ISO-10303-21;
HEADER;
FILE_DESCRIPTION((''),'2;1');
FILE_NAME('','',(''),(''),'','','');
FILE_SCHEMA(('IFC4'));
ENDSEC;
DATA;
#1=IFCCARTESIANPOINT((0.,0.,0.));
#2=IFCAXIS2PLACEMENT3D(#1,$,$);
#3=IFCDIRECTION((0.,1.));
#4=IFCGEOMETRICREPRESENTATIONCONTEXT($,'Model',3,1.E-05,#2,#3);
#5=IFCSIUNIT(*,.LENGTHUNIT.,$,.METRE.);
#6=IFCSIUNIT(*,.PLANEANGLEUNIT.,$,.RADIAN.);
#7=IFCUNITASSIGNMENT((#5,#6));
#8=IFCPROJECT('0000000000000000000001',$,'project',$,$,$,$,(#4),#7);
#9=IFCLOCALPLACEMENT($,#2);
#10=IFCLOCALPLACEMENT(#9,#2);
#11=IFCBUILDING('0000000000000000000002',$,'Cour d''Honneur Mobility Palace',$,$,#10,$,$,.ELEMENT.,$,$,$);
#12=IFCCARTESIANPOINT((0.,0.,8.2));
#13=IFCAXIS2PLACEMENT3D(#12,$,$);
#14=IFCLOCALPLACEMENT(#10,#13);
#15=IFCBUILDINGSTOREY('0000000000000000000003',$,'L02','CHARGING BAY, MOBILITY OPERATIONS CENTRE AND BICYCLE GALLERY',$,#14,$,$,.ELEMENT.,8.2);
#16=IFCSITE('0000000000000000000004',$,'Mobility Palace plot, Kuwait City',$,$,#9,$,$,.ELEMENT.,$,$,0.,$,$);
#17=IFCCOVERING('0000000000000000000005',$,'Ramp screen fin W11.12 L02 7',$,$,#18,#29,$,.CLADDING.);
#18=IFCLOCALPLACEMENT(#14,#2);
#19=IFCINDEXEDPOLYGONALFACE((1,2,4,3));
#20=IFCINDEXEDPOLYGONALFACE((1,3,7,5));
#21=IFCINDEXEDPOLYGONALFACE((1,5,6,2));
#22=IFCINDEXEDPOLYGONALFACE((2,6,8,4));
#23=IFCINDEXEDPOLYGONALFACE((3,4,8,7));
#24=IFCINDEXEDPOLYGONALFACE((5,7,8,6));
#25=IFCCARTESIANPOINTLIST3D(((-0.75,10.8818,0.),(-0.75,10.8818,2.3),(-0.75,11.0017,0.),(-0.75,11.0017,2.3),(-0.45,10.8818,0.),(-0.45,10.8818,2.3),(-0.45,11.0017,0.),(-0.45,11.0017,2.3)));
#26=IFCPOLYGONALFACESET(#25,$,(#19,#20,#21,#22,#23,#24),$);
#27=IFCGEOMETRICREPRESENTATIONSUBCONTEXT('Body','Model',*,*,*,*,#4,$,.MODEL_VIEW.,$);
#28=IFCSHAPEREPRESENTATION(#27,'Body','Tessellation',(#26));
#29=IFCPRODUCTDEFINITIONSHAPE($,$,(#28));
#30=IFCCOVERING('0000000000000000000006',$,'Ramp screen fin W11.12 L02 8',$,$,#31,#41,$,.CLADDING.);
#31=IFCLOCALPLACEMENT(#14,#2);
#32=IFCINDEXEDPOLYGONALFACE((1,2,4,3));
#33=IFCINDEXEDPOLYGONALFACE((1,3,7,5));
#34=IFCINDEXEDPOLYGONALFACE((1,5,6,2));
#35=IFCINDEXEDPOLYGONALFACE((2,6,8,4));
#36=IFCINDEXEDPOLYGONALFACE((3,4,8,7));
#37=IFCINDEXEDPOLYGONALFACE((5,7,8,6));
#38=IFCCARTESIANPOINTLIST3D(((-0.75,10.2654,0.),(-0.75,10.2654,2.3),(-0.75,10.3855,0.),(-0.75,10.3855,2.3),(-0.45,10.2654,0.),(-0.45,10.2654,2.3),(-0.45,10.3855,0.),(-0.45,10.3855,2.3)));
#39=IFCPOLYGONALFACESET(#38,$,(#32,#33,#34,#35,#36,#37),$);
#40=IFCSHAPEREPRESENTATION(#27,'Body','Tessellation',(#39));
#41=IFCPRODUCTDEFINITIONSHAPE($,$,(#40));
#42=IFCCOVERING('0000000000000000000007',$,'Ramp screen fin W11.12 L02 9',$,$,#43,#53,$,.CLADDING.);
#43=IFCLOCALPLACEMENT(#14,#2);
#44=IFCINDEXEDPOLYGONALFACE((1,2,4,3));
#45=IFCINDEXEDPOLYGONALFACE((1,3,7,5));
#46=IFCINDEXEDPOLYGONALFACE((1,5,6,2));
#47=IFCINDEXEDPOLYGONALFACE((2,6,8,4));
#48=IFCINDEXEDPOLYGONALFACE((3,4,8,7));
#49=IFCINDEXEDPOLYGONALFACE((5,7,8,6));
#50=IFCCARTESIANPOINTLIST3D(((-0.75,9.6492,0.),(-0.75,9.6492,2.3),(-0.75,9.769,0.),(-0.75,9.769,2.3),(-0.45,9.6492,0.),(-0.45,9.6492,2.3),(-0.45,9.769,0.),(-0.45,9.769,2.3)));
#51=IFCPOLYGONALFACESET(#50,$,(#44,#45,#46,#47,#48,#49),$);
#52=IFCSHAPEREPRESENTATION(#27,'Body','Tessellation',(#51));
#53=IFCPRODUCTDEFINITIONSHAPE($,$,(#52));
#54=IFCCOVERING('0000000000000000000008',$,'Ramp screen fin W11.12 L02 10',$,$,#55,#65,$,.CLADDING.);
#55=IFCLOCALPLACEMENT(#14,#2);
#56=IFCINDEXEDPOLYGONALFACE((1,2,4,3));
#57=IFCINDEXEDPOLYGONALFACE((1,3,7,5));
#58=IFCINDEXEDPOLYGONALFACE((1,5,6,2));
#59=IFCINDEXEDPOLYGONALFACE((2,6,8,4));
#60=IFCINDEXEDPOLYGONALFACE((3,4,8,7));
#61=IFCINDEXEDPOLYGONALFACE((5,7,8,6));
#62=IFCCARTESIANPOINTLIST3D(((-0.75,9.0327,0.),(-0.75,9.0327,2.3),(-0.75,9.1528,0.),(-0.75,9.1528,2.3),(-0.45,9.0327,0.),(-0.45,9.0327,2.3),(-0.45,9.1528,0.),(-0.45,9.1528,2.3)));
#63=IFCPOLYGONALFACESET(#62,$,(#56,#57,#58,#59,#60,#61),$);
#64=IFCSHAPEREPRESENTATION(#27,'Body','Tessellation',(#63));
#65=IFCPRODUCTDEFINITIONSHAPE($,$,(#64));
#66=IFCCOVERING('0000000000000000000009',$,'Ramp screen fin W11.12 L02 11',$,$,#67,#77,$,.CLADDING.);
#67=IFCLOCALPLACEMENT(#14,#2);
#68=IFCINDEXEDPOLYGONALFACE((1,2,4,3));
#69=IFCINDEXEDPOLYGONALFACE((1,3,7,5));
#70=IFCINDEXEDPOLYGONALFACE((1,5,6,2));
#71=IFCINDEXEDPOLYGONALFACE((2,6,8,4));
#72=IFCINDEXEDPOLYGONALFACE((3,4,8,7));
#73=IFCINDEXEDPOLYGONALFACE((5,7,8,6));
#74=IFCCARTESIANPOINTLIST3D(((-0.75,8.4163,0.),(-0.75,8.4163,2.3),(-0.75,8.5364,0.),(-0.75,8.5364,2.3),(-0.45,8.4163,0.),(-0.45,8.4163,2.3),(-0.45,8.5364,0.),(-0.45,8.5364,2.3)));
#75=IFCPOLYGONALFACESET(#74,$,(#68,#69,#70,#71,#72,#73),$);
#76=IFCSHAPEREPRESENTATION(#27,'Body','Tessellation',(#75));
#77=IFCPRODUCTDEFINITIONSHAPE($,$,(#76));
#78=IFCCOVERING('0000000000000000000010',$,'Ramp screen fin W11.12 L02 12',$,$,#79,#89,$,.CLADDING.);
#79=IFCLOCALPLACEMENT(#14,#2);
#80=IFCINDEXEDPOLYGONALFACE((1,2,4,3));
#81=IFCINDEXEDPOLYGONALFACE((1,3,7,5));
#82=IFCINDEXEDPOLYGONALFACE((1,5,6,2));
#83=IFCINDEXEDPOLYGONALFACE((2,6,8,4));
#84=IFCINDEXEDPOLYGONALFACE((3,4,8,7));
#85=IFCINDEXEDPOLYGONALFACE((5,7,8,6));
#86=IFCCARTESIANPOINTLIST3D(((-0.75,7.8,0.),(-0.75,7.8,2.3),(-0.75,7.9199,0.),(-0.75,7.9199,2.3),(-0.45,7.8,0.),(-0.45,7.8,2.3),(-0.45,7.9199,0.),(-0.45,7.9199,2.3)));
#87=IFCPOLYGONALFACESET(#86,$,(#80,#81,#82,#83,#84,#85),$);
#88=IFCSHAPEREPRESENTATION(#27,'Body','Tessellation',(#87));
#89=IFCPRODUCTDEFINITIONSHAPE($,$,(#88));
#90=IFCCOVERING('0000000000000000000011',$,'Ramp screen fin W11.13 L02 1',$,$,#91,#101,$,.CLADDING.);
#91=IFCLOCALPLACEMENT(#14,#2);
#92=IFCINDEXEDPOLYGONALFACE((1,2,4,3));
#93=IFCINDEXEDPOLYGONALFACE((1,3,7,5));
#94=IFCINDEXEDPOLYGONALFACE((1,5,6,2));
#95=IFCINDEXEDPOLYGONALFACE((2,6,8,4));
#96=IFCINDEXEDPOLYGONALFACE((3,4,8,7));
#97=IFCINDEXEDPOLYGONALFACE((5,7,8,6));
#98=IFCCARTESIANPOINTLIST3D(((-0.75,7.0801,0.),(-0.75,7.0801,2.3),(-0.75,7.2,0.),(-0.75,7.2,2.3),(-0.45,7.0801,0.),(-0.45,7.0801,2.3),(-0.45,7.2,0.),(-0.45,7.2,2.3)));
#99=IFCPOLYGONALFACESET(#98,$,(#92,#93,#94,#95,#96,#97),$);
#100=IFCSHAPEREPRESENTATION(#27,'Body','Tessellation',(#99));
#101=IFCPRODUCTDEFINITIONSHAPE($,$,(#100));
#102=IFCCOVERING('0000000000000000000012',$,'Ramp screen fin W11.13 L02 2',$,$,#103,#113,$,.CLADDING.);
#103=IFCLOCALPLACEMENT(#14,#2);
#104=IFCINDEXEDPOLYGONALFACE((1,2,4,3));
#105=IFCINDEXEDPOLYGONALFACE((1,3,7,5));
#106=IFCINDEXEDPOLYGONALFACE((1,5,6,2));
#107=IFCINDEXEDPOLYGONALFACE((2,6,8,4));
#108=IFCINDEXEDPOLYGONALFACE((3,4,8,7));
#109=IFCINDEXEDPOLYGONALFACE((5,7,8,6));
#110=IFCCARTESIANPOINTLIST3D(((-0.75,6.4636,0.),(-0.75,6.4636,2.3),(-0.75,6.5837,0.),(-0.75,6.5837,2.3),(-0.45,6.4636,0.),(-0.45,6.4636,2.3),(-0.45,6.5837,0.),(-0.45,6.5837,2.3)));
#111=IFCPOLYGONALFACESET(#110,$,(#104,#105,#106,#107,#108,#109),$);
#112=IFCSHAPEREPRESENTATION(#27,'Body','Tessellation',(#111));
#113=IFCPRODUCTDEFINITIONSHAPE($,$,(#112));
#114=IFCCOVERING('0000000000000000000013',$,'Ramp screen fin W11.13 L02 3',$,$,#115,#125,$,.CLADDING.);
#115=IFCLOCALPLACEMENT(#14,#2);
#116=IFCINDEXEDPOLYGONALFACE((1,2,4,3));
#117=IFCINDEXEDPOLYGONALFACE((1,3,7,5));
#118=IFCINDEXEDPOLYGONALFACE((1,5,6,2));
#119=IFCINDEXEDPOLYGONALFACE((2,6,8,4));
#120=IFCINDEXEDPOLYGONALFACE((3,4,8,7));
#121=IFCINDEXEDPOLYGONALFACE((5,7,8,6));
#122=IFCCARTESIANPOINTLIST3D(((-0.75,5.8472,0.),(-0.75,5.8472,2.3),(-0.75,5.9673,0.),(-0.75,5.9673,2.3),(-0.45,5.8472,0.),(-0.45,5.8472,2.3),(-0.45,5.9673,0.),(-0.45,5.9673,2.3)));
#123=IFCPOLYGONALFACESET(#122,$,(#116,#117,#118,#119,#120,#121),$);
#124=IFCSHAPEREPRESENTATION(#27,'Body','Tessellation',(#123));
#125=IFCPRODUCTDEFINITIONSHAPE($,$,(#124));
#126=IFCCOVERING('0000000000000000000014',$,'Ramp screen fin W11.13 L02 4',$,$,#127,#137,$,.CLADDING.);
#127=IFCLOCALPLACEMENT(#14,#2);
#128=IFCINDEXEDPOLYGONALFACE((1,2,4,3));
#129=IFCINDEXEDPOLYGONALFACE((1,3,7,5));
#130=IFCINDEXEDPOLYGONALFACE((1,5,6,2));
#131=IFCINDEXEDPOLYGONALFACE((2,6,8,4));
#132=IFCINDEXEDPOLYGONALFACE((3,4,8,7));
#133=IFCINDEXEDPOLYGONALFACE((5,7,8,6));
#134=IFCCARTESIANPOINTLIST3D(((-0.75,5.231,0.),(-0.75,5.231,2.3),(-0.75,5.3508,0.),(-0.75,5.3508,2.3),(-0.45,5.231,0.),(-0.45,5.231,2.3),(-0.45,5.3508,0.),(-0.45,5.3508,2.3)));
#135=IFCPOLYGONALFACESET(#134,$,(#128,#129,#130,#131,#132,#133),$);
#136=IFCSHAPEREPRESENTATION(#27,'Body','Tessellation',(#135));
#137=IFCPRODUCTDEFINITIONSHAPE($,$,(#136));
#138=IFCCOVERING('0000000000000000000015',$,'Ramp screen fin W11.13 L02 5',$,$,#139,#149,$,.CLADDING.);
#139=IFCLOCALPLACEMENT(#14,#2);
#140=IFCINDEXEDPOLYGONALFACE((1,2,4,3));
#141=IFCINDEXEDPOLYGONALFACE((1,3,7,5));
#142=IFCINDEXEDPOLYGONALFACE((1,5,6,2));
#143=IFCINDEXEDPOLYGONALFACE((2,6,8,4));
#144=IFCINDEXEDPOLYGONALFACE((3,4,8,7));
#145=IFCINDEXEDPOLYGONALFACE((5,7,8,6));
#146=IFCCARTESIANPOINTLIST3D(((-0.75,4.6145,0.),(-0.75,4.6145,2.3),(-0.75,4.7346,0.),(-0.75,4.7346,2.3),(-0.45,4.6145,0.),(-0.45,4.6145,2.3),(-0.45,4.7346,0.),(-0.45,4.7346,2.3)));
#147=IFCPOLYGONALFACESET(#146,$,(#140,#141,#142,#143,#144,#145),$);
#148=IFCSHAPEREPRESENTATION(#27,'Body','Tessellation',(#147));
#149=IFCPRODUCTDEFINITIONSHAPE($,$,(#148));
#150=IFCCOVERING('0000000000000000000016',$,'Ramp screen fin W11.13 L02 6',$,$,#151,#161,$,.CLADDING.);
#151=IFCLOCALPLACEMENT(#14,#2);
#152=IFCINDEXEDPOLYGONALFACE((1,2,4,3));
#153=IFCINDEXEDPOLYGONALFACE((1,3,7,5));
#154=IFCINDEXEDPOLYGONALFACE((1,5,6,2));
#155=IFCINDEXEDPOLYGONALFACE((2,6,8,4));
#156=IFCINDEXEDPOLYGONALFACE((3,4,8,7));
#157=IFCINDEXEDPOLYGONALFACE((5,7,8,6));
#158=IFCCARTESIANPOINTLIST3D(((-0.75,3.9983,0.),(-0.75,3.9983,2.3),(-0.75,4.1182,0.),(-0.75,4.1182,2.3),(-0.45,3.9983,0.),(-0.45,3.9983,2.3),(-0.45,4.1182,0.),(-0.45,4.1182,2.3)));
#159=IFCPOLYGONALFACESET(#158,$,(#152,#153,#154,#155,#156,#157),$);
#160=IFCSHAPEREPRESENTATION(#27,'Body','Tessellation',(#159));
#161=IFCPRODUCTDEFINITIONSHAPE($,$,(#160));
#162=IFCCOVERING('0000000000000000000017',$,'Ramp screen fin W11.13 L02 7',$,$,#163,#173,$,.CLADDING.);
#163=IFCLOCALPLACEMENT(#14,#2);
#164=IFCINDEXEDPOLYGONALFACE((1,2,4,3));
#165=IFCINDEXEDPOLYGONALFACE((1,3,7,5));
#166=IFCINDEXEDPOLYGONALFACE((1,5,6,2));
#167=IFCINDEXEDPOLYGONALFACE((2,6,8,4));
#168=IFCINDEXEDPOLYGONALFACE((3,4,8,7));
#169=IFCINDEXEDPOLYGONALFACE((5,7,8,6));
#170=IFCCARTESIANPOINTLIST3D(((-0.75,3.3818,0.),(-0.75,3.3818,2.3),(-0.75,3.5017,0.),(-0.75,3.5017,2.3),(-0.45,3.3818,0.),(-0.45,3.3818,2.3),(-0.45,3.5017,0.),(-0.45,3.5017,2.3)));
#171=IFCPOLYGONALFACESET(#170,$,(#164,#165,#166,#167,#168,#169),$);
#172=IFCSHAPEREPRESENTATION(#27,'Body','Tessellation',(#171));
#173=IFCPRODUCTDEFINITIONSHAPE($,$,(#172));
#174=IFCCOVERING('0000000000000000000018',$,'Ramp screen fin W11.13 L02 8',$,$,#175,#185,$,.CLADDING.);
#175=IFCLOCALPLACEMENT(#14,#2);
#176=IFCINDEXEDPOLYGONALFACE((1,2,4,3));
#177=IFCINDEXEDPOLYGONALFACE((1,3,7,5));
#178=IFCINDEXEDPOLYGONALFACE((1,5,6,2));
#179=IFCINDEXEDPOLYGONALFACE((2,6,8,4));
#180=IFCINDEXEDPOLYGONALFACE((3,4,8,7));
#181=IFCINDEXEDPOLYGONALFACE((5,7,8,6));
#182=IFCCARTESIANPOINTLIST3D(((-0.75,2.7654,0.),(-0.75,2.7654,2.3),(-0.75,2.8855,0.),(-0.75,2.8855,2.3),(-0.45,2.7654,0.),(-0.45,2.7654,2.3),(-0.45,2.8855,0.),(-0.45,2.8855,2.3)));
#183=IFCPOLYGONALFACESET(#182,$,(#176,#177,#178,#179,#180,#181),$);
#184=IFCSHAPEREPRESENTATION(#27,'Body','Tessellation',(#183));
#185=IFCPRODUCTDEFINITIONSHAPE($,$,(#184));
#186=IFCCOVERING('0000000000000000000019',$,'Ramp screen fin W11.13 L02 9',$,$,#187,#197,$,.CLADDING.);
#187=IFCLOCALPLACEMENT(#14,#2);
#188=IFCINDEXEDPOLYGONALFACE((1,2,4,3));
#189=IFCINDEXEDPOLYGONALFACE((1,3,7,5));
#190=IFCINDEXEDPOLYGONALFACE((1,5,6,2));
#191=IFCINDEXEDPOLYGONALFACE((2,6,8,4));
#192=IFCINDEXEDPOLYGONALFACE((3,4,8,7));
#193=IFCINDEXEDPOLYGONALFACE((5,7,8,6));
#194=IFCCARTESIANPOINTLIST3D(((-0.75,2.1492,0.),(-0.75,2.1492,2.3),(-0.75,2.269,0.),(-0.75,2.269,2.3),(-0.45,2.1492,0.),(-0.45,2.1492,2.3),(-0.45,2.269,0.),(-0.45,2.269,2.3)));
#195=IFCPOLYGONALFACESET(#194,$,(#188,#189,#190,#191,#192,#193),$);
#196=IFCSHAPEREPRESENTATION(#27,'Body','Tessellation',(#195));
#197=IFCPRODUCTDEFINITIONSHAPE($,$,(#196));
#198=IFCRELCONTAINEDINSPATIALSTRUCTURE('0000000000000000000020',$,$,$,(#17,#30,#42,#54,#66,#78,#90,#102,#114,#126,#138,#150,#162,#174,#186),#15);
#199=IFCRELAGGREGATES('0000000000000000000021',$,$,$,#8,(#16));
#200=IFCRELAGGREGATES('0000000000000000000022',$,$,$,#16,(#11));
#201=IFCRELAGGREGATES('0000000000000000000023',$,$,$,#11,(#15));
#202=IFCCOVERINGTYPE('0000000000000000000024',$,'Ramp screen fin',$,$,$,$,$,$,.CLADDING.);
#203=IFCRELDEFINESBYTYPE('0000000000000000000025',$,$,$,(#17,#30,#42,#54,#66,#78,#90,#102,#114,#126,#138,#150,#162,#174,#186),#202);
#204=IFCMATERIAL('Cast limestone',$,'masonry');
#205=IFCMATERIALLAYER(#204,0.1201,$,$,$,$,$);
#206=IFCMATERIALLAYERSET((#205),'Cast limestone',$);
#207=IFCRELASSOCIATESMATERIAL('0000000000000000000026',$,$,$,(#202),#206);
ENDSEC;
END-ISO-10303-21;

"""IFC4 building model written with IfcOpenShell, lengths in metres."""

from ifc_helpers import new_model, si_unit, direction, frame, origin, place, context, subcontext, project, spatial, polyline, outline, extrude, material, layer, layer_set, type_object, element, save


model = new_model("IFC4")

# Units and contexts
model_context = context("Model", 3, precision=1e-05, world=origin(), true_north=direction((0.0, 1.0)))
body_context = subcontext(model_context, "Body", "Model", "MODEL_VIEW")
ifc_project = project(units=[si_unit("LENGTHUNIT", "METRE"), si_unit("PLANEANGLEUNIT", "RADIAN")], contexts=[model_context])

# Site, building, storey
site_placement = place(None, origin())
site = spatial("IfcSite", under=ifc_project, at=site_placement, Name="Mobility Palace plot, Kuwait City", CompositionType="ELEMENT", RefElevation=0.0)
building_placement = place(site_placement, origin())
building = spatial("IfcBuilding", under=site, at=building_placement, Name="Cour d'Honneur Mobility Palace", CompositionType="ELEMENT")
storey_placement = place(building_placement, frame((0.0, 0.0, 8.2)))
storey = spatial("IfcBuildingStorey", under=building, at=storey_placement, Name="L02", Description="CHARGING BAY, MOBILITY OPERATIONS CENTRE AND BICYCLE GALLERY", CompositionType="ELEMENT", Elevation=8.2)

# Coverings
ifc_material_1 = material(Name="Cast limestone", Category="masonry")
ifc_layer_1 = layer(ifc_material_1, 0.1201)
ifc_layer_set_1 = layer_set([ifc_layer_1], Name="Cast limestone")
covering_type_1 = type_object("IfcCoveringType", Name="Ramp screen fin", PredefinedType="CLADDING", material=ifc_layer_set_1)
covering_1_placement = place(storey_placement, origin())
element("IfcCovering", 1, at=covering_1_placement, inside=storey, type_object=covering_type_1, Name="Ramp screen fin W11.12 L02 7", PredefinedType="CLADDING", context=body_context, shape_type="SweptSolid", body=[
    extrude(outline(polyline([(-0.45, 11.0017), (-0.45, 10.8818), (-0.75, 10.8818), (-0.75, 11.0017), (-0.45, 11.0017)])), origin(), (0.0, 0.0, 1.0), 2.3),
])
covering_2_placement = place(storey_placement, origin())
element("IfcCovering", 2, at=covering_2_placement, inside=storey, type_object=covering_type_1, Name="Ramp screen fin W11.12 L02 8", PredefinedType="CLADDING", context=body_context, shape_type="SweptSolid", body=[
    extrude(outline(polyline([(-0.45, 10.3855), (-0.45, 10.2654), (-0.75, 10.2654), (-0.75, 10.3855), (-0.45, 10.3855)])), origin(), (0.0, 0.0, 1.0), 2.3),
])
covering_3_placement = place(storey_placement, origin())
element("IfcCovering", 3, at=covering_3_placement, inside=storey, type_object=covering_type_1, Name="Ramp screen fin W11.12 L02 9", PredefinedType="CLADDING", context=body_context, shape_type="SweptSolid", body=[
    extrude(outline(polyline([(-0.45, 9.769), (-0.45, 9.6492), (-0.75, 9.6492), (-0.75, 9.769), (-0.45, 9.769)])), origin(), (0.0, 0.0, 1.0), 2.3),
])
covering_4_placement = place(storey_placement, origin())
element("IfcCovering", 4, at=covering_4_placement, inside=storey, type_object=covering_type_1, Name="Ramp screen fin W11.12 L02 10", PredefinedType="CLADDING", context=body_context, shape_type="SweptSolid", body=[
    extrude(outline(polyline([(-0.45, 9.1528), (-0.45, 9.0327), (-0.75, 9.0327), (-0.75, 9.1528), (-0.45, 9.1528)])), origin(), (0.0, 0.0, 1.0), 2.3),
])
covering_5_placement = place(storey_placement, origin())
element("IfcCovering", 5, at=covering_5_placement, inside=storey, type_object=covering_type_1, Name="Ramp screen fin W11.12 L02 11", PredefinedType="CLADDING", context=body_context, shape_type="SweptSolid", body=[
    extrude(outline(polyline([(-0.45, 8.5364), (-0.45, 8.4163), (-0.75, 8.4163), (-0.75, 8.5364), (-0.45, 8.5364)])), origin(), (0.0, 0.0, 1.0), 2.3),
])
covering_6_placement = place(storey_placement, origin())
element("IfcCovering", 6, at=covering_6_placement, inside=storey, type_object=covering_type_1, Name="Ramp screen fin W11.12 L02 12", PredefinedType="CLADDING", context=body_context, shape_type="SweptSolid", body=[
    extrude(outline(polyline([(-0.45, 7.9199), (-0.45, 7.8), (-0.75, 7.8), (-0.75, 7.9199), (-0.45, 7.9199)])), origin(), (0.0, 0.0, 1.0), 2.3),
])
covering_7_placement = place(storey_placement, origin())
element("IfcCovering", 7, at=covering_7_placement, inside=storey, type_object=covering_type_1, Name="Ramp screen fin W11.13 L02 1", PredefinedType="CLADDING", context=body_context, shape_type="SweptSolid", body=[
    extrude(outline(polyline([(-0.45, 7.2), (-0.45, 7.0801), (-0.75, 7.0801), (-0.75, 7.2), (-0.45, 7.2)])), origin(), (0.0, 0.0, 1.0), 2.3),
])
covering_8_placement = place(storey_placement, origin())
element("IfcCovering", 8, at=covering_8_placement, inside=storey, type_object=covering_type_1, Name="Ramp screen fin W11.13 L02 2", PredefinedType="CLADDING", context=body_context, shape_type="SweptSolid", body=[
    extrude(outline(polyline([(-0.45, 6.5837), (-0.45, 6.4636), (-0.75, 6.4636), (-0.75, 6.5837), (-0.45, 6.5837)])), origin(), (0.0, 0.0, 1.0), 2.3),
])
covering_9_placement = place(storey_placement, origin())
element("IfcCovering", 9, at=covering_9_placement, inside=storey, type_object=covering_type_1, Name="Ramp screen fin W11.13 L02 3", PredefinedType="CLADDING", context=body_context, shape_type="SweptSolid", body=[
    extrude(outline(polyline([(-0.45, 5.9673), (-0.45, 5.8472), (-0.75, 5.8472), (-0.75, 5.9673), (-0.45, 5.9673)])), origin(), (0.0, 0.0, 1.0), 2.3),
])
covering_10_placement = place(storey_placement, origin())
element("IfcCovering", 10, at=covering_10_placement, inside=storey, type_object=covering_type_1, Name="Ramp screen fin W11.13 L02 4", PredefinedType="CLADDING", context=body_context, shape_type="SweptSolid", body=[
    extrude(outline(polyline([(-0.45, 5.3508), (-0.45, 5.231), (-0.75, 5.231), (-0.75, 5.3508), (-0.45, 5.3508)])), origin(), (0.0, 0.0, 1.0), 2.3),
])
covering_11_placement = place(storey_placement, origin())
element("IfcCovering", 11, at=covering_11_placement, inside=storey, type_object=covering_type_1, Name="Ramp screen fin W11.13 L02 5", PredefinedType="CLADDING", context=body_context, shape_type="SweptSolid", body=[
    extrude(outline(polyline([(-0.45, 4.7346), (-0.45, 4.6145), (-0.75, 4.6145), (-0.75, 4.7346), (-0.45, 4.7346)])), origin(), (0.0, 0.0, 1.0), 2.3),
])
covering_12_placement = place(storey_placement, origin())
element("IfcCovering", 12, at=covering_12_placement, inside=storey, type_object=covering_type_1, Name="Ramp screen fin W11.13 L02 6", PredefinedType="CLADDING", context=body_context, shape_type="SweptSolid", body=[
    extrude(outline(polyline([(-0.45, 4.1182), (-0.45, 3.9983), (-0.75, 3.9983), (-0.75, 4.1182), (-0.45, 4.1182)])), origin(), (0.0, 0.0, 1.0), 2.3),
])
covering_13_placement = place(storey_placement, origin())
element("IfcCovering", 13, at=covering_13_placement, inside=storey, type_object=covering_type_1, Name="Ramp screen fin W11.13 L02 7", PredefinedType="CLADDING", context=body_context, shape_type="SweptSolid", body=[
    extrude(outline(polyline([(-0.45, 3.5017), (-0.45, 3.3818), (-0.75, 3.3818), (-0.75, 3.5017), (-0.45, 3.5017)])), origin(), (0.0, 0.0, 1.0), 2.3),
])
covering_14_placement = place(storey_placement, origin())
element("IfcCovering", 14, at=covering_14_placement, inside=storey, type_object=covering_type_1, Name="Ramp screen fin W11.13 L02 8", PredefinedType="CLADDING", context=body_context, shape_type="SweptSolid", body=[
    extrude(outline(polyline([(-0.45, 2.8855), (-0.45, 2.7654), (-0.75, 2.7654), (-0.75, 2.8855), (-0.45, 2.8855)])), origin(), (0.0, 0.0, 1.0), 2.3),
])
covering_15_placement = place(storey_placement, origin())
element("IfcCovering", 15, at=covering_15_placement, inside=storey, type_object=covering_type_1, Name="Ramp screen fin W11.13 L02 9", PredefinedType="CLADDING", context=body_context, shape_type="SweptSolid", body=[
    extrude(outline(polyline([(-0.45, 2.269), (-0.45, 2.1492), (-0.75, 2.1492), (-0.75, 2.269), (-0.45, 2.269)])), origin(), (0.0, 0.0, 1.0), 2.3),
])

save(model, "model.ifc")
